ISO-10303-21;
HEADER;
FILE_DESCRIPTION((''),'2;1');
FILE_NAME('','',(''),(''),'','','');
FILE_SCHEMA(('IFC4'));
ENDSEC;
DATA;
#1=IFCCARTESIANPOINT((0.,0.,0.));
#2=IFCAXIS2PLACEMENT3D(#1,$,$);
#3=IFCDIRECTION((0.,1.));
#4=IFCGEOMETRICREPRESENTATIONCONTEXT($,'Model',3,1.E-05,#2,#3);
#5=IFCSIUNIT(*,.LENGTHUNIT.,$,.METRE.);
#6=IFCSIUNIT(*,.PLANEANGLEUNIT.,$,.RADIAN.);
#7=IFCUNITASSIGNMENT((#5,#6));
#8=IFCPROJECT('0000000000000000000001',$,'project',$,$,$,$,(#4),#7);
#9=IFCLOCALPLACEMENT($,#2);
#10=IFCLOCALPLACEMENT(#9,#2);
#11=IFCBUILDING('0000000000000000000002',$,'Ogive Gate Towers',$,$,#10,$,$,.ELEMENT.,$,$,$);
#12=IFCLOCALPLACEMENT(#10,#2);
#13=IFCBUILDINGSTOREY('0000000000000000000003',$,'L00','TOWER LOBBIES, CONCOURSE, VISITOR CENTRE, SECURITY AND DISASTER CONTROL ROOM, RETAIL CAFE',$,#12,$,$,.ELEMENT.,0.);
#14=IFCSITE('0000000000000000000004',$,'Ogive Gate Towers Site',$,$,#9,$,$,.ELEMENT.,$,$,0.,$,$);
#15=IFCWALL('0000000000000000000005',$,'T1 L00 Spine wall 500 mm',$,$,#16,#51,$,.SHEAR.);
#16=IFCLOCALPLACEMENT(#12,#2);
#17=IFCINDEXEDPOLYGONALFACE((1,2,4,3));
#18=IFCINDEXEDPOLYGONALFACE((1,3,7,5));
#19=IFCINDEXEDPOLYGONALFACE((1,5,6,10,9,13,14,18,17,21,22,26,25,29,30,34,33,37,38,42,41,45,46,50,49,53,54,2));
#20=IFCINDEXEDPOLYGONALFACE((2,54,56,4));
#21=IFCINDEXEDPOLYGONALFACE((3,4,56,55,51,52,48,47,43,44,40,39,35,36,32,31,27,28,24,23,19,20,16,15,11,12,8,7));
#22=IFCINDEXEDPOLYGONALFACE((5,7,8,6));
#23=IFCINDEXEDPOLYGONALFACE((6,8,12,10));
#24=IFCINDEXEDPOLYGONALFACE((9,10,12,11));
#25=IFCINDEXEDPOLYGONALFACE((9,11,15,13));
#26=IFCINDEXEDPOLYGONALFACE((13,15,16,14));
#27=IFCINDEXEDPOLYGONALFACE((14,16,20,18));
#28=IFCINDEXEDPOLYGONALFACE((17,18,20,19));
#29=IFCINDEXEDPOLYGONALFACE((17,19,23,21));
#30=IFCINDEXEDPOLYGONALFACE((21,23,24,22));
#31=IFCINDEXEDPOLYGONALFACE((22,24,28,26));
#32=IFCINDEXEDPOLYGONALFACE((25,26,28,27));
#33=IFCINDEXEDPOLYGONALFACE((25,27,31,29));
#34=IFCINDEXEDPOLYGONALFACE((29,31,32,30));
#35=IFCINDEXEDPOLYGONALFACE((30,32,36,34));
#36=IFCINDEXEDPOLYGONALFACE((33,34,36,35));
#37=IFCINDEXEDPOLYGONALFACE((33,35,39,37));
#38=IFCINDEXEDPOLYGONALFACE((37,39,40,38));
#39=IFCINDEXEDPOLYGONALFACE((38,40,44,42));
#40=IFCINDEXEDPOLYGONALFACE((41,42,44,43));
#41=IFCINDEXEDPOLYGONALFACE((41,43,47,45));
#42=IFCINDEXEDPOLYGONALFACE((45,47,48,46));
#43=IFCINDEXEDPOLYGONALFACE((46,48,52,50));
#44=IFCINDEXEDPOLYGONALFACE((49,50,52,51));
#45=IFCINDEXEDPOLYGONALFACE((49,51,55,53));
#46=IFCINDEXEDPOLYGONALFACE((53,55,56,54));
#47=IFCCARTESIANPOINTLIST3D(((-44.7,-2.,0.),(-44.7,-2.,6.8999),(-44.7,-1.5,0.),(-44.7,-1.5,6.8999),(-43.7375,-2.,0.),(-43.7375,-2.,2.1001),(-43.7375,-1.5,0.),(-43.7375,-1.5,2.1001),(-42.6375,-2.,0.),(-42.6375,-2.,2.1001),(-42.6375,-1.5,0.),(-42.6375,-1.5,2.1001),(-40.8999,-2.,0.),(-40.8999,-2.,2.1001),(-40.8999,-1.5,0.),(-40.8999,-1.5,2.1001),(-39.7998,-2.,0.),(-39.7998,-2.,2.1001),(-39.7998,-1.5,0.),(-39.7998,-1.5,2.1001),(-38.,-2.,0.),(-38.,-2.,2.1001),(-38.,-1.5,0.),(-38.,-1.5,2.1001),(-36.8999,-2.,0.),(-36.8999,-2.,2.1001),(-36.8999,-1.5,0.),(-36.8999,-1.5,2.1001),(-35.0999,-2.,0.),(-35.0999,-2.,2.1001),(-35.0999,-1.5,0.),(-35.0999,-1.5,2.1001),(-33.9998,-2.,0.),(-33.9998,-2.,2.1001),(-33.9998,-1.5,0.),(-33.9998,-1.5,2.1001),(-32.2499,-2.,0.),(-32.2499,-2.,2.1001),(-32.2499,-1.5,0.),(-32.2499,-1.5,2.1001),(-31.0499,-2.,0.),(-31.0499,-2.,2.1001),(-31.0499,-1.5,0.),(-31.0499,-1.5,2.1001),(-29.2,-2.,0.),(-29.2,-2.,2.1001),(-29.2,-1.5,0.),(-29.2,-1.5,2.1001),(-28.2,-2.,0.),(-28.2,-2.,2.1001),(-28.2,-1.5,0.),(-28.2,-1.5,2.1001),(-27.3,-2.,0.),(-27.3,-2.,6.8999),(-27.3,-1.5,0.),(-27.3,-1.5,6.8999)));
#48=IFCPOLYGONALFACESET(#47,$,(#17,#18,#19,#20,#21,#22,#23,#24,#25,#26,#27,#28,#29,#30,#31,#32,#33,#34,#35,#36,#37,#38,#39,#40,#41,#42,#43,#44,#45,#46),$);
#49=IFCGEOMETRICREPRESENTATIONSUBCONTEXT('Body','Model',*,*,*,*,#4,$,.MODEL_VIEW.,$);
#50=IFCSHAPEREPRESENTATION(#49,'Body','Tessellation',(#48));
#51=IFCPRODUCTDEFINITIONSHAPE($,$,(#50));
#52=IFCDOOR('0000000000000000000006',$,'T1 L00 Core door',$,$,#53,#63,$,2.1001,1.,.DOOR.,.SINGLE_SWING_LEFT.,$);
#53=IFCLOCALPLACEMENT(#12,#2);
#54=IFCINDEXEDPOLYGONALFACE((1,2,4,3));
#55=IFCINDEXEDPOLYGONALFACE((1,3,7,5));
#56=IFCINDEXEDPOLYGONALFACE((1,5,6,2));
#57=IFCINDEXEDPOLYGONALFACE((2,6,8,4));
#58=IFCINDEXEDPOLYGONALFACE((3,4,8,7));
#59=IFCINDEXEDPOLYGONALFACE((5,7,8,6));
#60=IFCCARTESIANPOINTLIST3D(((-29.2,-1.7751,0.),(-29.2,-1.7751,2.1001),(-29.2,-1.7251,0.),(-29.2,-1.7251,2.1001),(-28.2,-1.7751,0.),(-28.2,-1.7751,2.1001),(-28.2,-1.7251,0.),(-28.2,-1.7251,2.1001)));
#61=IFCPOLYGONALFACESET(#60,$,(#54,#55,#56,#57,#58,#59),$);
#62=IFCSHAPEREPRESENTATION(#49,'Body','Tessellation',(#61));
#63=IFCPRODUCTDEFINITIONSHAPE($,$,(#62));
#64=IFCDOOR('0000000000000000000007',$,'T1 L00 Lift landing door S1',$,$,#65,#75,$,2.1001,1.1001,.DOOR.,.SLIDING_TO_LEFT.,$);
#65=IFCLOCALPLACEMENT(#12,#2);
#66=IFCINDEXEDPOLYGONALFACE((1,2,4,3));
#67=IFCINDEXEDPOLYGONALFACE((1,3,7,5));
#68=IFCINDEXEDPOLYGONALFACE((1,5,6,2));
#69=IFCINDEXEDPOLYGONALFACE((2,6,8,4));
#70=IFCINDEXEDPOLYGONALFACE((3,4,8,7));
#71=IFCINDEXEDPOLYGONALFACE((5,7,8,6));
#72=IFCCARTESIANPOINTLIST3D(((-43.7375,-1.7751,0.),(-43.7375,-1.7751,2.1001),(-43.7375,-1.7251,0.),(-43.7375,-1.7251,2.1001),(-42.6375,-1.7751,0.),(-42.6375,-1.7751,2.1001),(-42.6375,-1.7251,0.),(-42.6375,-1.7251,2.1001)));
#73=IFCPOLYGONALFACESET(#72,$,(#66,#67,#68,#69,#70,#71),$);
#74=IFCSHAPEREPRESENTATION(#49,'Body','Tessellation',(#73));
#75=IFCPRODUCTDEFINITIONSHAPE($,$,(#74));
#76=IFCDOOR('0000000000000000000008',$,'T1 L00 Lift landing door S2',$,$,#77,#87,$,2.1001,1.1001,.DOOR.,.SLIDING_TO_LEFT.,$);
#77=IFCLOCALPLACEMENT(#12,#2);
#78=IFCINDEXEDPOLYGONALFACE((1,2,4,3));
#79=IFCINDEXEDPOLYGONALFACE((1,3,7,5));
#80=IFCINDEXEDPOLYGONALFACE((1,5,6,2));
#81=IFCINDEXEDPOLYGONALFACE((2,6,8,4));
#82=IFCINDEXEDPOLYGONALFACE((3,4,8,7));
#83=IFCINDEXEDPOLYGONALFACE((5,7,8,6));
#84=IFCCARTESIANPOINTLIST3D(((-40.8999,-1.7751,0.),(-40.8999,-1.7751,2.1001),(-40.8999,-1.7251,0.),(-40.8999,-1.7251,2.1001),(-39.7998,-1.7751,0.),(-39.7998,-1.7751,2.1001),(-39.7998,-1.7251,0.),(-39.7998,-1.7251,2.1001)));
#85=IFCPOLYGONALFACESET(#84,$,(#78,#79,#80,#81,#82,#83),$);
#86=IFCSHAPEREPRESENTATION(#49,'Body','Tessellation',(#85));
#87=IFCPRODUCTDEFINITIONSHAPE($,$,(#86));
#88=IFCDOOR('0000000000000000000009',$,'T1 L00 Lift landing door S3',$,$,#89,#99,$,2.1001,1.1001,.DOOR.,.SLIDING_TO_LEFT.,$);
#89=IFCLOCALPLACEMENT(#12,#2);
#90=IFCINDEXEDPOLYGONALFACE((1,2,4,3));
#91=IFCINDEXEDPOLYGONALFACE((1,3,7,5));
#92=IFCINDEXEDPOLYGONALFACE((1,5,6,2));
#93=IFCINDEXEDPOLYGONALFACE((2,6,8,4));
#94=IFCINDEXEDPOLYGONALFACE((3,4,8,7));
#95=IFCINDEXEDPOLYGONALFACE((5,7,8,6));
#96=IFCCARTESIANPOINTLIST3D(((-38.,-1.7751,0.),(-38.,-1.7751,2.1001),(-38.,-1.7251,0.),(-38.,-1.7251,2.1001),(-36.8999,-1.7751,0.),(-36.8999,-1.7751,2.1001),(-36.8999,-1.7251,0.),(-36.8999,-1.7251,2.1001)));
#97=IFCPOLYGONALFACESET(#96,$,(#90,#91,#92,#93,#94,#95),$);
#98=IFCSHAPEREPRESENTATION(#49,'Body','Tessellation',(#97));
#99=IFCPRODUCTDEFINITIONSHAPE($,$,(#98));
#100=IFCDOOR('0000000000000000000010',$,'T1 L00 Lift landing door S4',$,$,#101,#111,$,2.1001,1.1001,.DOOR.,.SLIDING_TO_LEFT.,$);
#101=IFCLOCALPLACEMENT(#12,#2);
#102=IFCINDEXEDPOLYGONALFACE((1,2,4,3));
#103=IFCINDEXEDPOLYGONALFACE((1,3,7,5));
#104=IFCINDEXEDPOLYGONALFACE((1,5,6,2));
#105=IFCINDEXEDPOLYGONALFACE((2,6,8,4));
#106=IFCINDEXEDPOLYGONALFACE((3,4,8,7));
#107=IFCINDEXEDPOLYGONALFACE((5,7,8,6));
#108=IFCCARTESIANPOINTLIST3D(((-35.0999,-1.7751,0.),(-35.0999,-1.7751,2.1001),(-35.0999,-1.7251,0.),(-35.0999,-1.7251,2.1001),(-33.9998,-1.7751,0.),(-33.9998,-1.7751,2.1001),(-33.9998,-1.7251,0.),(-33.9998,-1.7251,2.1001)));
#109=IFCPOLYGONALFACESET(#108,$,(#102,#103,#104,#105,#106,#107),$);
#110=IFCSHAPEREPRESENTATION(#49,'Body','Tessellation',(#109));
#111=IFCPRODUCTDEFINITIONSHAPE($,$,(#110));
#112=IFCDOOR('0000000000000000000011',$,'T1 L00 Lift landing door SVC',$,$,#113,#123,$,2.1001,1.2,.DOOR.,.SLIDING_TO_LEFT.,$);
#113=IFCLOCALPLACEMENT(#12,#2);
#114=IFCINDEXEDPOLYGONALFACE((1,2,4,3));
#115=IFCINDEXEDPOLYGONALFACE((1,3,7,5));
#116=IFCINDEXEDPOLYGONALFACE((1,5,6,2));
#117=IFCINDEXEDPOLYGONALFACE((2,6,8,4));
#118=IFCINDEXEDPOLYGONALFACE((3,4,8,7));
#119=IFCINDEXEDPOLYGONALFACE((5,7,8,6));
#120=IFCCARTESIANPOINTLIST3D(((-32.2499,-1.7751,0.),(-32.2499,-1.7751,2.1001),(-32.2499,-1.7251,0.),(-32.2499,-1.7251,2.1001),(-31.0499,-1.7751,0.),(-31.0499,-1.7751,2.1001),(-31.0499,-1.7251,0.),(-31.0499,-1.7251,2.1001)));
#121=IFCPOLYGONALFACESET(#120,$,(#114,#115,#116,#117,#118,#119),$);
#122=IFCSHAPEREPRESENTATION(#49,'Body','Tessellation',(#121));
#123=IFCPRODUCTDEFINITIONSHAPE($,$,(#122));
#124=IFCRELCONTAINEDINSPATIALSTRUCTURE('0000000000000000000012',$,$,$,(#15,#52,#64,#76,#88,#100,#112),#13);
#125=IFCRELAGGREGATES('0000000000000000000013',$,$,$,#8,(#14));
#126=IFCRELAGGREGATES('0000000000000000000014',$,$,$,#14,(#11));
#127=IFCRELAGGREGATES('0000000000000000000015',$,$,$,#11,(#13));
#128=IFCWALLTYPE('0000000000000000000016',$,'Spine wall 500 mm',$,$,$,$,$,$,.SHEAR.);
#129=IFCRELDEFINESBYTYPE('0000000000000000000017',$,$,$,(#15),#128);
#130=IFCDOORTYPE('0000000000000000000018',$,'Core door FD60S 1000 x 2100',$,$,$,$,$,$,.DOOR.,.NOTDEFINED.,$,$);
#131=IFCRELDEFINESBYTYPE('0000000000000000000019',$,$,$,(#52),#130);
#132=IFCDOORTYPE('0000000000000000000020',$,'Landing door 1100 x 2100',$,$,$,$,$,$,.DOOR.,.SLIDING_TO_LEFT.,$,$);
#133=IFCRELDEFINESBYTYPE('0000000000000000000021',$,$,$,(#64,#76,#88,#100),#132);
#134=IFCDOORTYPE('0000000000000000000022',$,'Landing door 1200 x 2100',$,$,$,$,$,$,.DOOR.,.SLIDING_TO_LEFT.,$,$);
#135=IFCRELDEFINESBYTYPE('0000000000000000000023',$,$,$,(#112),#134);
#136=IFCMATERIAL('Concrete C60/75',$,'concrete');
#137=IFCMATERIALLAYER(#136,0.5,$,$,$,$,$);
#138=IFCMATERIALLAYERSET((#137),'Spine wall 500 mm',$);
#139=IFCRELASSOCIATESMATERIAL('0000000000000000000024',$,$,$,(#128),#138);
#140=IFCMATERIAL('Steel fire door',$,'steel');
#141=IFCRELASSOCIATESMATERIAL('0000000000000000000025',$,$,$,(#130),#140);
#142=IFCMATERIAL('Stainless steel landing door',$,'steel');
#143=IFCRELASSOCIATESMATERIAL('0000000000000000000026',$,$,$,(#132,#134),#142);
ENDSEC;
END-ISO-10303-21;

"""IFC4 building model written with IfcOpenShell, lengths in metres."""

from ifc_helpers import new_model, si_unit, direction, frame, frame_2d, origin, place, context, subcontext, project, spatial, rectangle, extrude, material, layer, layer_set, type_object, element, fill, save


model = new_model("IFC4")

# Units and contexts
model_context = context("Model", 3, precision=1e-05, world=origin(), true_north=direction((0.0, 1.0)))
body_context = subcontext(model_context, "Body", "Model", "MODEL_VIEW")
ifc_project = project(units=[si_unit("LENGTHUNIT", "METRE"), si_unit("PLANEANGLEUNIT", "RADIAN")], contexts=[model_context])

# Site, building, storey
site_placement = place(None, origin())
site = spatial("IfcSite", under=ifc_project, at=site_placement, Name="Ogive Gate Towers Site", CompositionType="ELEMENT", RefElevation=0.0)
building_placement = place(site_placement, origin())
building = spatial("IfcBuilding", under=site, at=building_placement, Name="Ogive Gate Towers", CompositionType="ELEMENT")
storey_placement = place(building_placement, origin())
storey = spatial("IfcBuildingStorey", under=building, at=storey_placement, Name="L00", Description="TOWER LOBBIES, CONCOURSE, VISITOR CENTRE, SECURITY AND DISASTER CONTROL ROOM, RETAIL CAFE", CompositionType="ELEMENT", Elevation=0.0)

# Shared definitions
ifc_material_1 = material(Name="Concrete C60/75", Category="concrete")
ifc_material_2 = material(Name="Steel fire door", Category="steel")

# Wall, openings, doors
ifc_layer_1 = layer(ifc_material_1, 0.5)
ifc_layer_set_1 = layer_set([ifc_layer_1], Name="Spine wall 500 mm")
wall_type_1 = type_object("IfcWallType", Name="Spine wall 500 mm", PredefinedType="SHEAR", material=ifc_layer_set_1)
wall_1_placement = place(storey_placement, frame((-44.7, -1.75, 0.0), z_axis=(0.0, 0.0, 1.0), x_axis=(1.0, 0.0, 0.0)))
wall_1 = element("IfcWall", 1, at=wall_1_placement, inside=storey, type_object=wall_type_1, Name="T1 L00 Spine wall 500 mm", PredefinedType="SHEAR", context=body_context, shape_type="SweptSolid", body=[
    extrude(rectangle(XDim=17.3999, YDim=0.5, at=frame_2d((8.7, 0.0))), origin(), (0.0, 0.0, 1.0), 6.8999),
])
opening_1_placement = place(wall_1_placement, frame((0.9624, 0.0, 0.0)))
opening_1 = element("IfcOpeningElement", 2, at=opening_1_placement, cuts=wall_1, PredefinedType="OPENING", context=body_context, shape_type="SweptSolid", body=[
    extrude(rectangle(XDim=1.1001, YDim=2.1001, at=frame_2d((0.55, 1.05))), frame((0.0, 0.26, 0.0), z_axis=(0.0, -1.0, 0.0), x_axis=(1.0, 0.0, 0.0)), (0.0, 0.0, 1.0), 0.52),
])
opening_2_placement = place(wall_1_placement, frame((3.8, 0.0, 0.0)))
opening_2 = element("IfcOpeningElement", 3, at=opening_2_placement, cuts=wall_1, PredefinedType="OPENING", context=body_context, shape_type="SweptSolid", body=[
    extrude(rectangle(XDim=1.1001, YDim=2.1001, at=frame_2d((0.55, 1.05))), frame((0.0, 0.26, 0.0), z_axis=(0.0, -1.0, 0.0), x_axis=(1.0, 0.0, 0.0)), (0.0, 0.0, 1.0), 0.52),
])
opening_3_placement = place(wall_1_placement, frame((6.7, 0.0, 0.0)))
opening_3 = element("IfcOpeningElement", 4, at=opening_3_placement, cuts=wall_1, PredefinedType="OPENING", context=body_context, shape_type="SweptSolid", body=[
    extrude(rectangle(XDim=1.1001, YDim=2.1001, at=frame_2d((0.55, 1.05))), frame((0.0, 0.26, 0.0), z_axis=(0.0, -1.0, 0.0), x_axis=(1.0, 0.0, 0.0)), (0.0, 0.0, 1.0), 0.52),
])
opening_4_placement = place(wall_1_placement, frame((9.6001, 0.0, 0.0)))
opening_4 = element("IfcOpeningElement", 5, at=opening_4_placement, cuts=wall_1, PredefinedType="OPENING", context=body_context, shape_type="SweptSolid", body=[
    extrude(rectangle(XDim=1.1001, YDim=2.1001, at=frame_2d((0.55, 1.05))), frame((0.0, 0.26, 0.0), z_axis=(0.0, -1.0, 0.0), x_axis=(1.0, 0.0, 0.0)), (0.0, 0.0, 1.0), 0.52),
])
opening_5_placement = place(wall_1_placement, frame((12.45, 0.0, 0.0)))
opening_5 = element("IfcOpeningElement", 6, at=opening_5_placement, cuts=wall_1, PredefinedType="OPENING", context=body_context, shape_type="SweptSolid", body=[
    extrude(rectangle(XDim=1.2, YDim=2.1001, at=frame_2d((0.6001, 1.05))), frame((0.0, 0.26, 0.0), z_axis=(0.0, -1.0, 0.0), x_axis=(1.0, 0.0, 0.0)), (0.0, 0.0, 1.0), 0.52),
])
opening_6_placement = place(wall_1_placement, frame((15.5, 0.0, 0.0)))
opening_6 = element("IfcOpeningElement", 7, at=opening_6_placement, cuts=wall_1, PredefinedType="OPENING", context=body_context, shape_type="SweptSolid", body=[
    extrude(rectangle(XDim=1.0, YDim=2.1001, at=frame_2d((0.5, 1.05))), frame((0.0, 0.26, 0.0), z_axis=(0.0, -1.0, 0.0), x_axis=(1.0, 0.0, 0.0)), (0.0, 0.0, 1.0), 0.52),
])
door_type_1 = type_object("IfcDoorType", Name="Core door FD60S 1000 x 2100", OperationType="NOTDEFINED", PredefinedType="DOOR", material=ifc_material_2)
door_1_placement = place(opening_6_placement, origin())
door_1 = element("IfcDoor", 8, at=door_1_placement, inside=storey, type_object=door_type_1, Name="T1 L00 Core door", OperationType="SINGLE_SWING_LEFT", OverallHeight=2.1001, OverallWidth=1.0, PredefinedType="DOOR", context=body_context, shape_type="SweptSolid", body=[
    extrude(rectangle(XDim=1.0, YDim=2.1001, at=frame_2d((0.5, 1.05))), frame((0.0, 0.0249, 0.0), z_axis=(0.0, -1.0, 0.0), x_axis=(1.0, 0.0, 0.0)), (0.0, 0.0, 1.0), 0.05),
])
fill(opening_6, door_1)
ifc_material_3 = material(Name="Stainless steel landing door", Category="steel")
door_type_2 = type_object("IfcDoorType", Name="Landing door 1100 x 2100", OperationType="SLIDING_TO_LEFT", PredefinedType="DOOR", material=ifc_material_3)
door_2_placement = place(opening_1_placement, origin())
door_2 = element("IfcDoor", 9, at=door_2_placement, inside=storey, type_object=door_type_2, Name="T1 L00 Lift landing door S1", OperationType="SLIDING_TO_LEFT", OverallHeight=2.1001, OverallWidth=1.1001, PredefinedType="DOOR", context=body_context, shape_type="SweptSolid", body=[
    extrude(rectangle(XDim=1.1001, YDim=2.1001, at=frame_2d((0.55, 1.05))), frame((0.0, 0.0249, 0.0), z_axis=(0.0, -1.0, 0.0), x_axis=(1.0, 0.0, 0.0)), (0.0, 0.0, 1.0), 0.05),
])
fill(opening_1, door_2)
door_3_placement = place(opening_2_placement, origin())
door_3 = element("IfcDoor", 10, at=door_3_placement, inside=storey, type_object=door_type_2, Name="T1 L00 Lift landing door S2", OperationType="SLIDING_TO_LEFT", OverallHeight=2.1001, OverallWidth=1.1001, PredefinedType="DOOR", context=body_context, shape_type="SweptSolid", body=[
    extrude(rectangle(XDim=1.1001, YDim=2.1001, at=frame_2d((0.55, 1.05))), frame((0.0, 0.0249, 0.0), z_axis=(0.0, -1.0, 0.0), x_axis=(1.0, 0.0, 0.0)), (0.0, 0.0, 1.0), 0.05),
])
fill(opening_2, door_3)
door_4_placement = place(opening_3_placement, origin())
door_4 = element("IfcDoor", 11, at=door_4_placement, inside=storey, type_object=door_type_2, Name="T1 L00 Lift landing door S3", OperationType="SLIDING_TO_LEFT", OverallHeight=2.1001, OverallWidth=1.1001, PredefinedType="DOOR", context=body_context, shape_type="SweptSolid", body=[
    extrude(rectangle(XDim=1.1001, YDim=2.1001, at=frame_2d((0.55, 1.05))), frame((0.0, 0.0249, 0.0), z_axis=(0.0, -1.0, 0.0), x_axis=(1.0, 0.0, 0.0)), (0.0, 0.0, 1.0), 0.05),
])
fill(opening_3, door_4)
door_5_placement = place(opening_4_placement, origin())
door_5 = element("IfcDoor", 12, at=door_5_placement, inside=storey, type_object=door_type_2, Name="T1 L00 Lift landing door S4", OperationType="SLIDING_TO_LEFT", OverallHeight=2.1001, OverallWidth=1.1001, PredefinedType="DOOR", context=body_context, shape_type="SweptSolid", body=[
    extrude(rectangle(XDim=1.1001, YDim=2.1001, at=frame_2d((0.55, 1.05))), frame((0.0, 0.0249, 0.0), z_axis=(0.0, -1.0, 0.0), x_axis=(1.0, 0.0, 0.0)), (0.0, 0.0, 1.0), 0.05),
])
fill(opening_4, door_5)
door_type_3 = type_object("IfcDoorType", Name="Landing door 1200 x 2100", OperationType="SLIDING_TO_LEFT", PredefinedType="DOOR", material=ifc_material_3)
door_6_placement = place(opening_5_placement, origin())
door_6 = element("IfcDoor", 13, at=door_6_placement, inside=storey, type_object=door_type_3, Name="T1 L00 Lift landing door SVC", OperationType="SLIDING_TO_LEFT", OverallHeight=2.1001, OverallWidth=1.2, PredefinedType="DOOR", context=body_context, shape_type="SweptSolid", body=[
    extrude(rectangle(XDim=1.2, YDim=2.1001, at=frame_2d((0.6001, 1.05))), frame((0.0, 0.0249, 0.0), z_axis=(0.0, -1.0, 0.0), x_axis=(1.0, 0.0, 0.0)), (0.0, 0.0, 1.0), 0.05),
])
fill(opening_5, door_6)

save(model, "model.ifc")
